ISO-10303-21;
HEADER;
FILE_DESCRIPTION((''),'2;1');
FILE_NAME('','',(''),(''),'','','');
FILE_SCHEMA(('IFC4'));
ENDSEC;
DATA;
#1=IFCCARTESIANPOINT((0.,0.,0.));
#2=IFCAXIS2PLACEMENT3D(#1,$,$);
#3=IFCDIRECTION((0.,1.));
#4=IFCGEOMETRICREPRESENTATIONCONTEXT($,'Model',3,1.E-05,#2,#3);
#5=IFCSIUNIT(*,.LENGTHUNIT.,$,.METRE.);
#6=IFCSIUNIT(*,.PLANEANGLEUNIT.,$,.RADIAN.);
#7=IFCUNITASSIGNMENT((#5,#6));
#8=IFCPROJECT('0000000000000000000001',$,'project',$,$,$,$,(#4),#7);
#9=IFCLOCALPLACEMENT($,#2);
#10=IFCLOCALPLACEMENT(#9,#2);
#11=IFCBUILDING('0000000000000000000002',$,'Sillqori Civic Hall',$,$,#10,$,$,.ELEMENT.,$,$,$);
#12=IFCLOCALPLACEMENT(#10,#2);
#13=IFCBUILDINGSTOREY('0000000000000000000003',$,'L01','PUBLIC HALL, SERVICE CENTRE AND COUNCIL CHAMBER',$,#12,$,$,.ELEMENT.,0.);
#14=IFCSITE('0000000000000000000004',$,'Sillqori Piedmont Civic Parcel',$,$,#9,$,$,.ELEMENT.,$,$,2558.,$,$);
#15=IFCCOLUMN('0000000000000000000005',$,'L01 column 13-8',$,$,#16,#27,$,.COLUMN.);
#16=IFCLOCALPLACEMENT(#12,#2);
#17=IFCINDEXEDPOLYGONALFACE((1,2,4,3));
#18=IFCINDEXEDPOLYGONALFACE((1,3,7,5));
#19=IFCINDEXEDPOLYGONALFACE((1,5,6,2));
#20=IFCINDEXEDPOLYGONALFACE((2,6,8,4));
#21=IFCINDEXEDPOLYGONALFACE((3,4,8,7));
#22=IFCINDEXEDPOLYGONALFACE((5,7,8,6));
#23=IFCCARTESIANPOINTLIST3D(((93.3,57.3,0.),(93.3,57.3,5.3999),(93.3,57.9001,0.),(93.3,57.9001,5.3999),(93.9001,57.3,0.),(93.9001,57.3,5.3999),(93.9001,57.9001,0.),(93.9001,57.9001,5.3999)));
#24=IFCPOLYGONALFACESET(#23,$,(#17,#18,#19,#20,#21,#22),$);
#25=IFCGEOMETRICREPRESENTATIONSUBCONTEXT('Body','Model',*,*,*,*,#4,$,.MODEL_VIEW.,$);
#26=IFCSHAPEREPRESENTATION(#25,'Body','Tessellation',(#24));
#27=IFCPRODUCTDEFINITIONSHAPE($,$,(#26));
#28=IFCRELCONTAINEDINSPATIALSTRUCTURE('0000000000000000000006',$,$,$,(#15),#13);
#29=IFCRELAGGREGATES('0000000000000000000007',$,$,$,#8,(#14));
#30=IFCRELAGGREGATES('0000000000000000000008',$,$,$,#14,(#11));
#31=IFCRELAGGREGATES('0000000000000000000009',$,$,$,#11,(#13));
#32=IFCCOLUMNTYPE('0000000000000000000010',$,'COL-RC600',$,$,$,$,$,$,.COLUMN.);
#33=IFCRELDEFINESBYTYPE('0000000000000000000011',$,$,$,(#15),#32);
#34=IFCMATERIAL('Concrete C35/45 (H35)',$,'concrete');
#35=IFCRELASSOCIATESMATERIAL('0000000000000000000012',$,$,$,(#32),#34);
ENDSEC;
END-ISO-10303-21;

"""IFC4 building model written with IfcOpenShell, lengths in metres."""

from ifc_helpers import new_model, si_unit, direction, frame, origin, origin_2d, place, context, subcontext, project, spatial, rectangle, extrude, material, material_profile, profile_set, type_object, element, save


model = new_model("IFC4")

# Units and contexts
model_context = context("Model", 3, precision=1e-05, world=origin(), true_north=direction((0.0, 1.0)))
body_context = subcontext(model_context, "Body", "Model", "MODEL_VIEW")
ifc_project = project(units=[si_unit("LENGTHUNIT", "METRE"), si_unit("PLANEANGLEUNIT", "RADIAN")], contexts=[model_context])

# Site, building, storey
site_placement = place(None, origin())
site = spatial("IfcSite", under=ifc_project, at=site_placement, Name="Sillqori Piedmont Civic Parcel", CompositionType="ELEMENT", RefElevation=2558.0)
building_placement = place(site_placement, origin())
building = spatial("IfcBuilding", under=site, at=building_placement, Name="Sillqori Civic Hall", CompositionType="ELEMENT")
storey_placement = place(building_placement, origin())
storey = spatial("IfcBuildingStorey", under=building, at=storey_placement, Name="L01", Description="PUBLIC HALL, SERVICE CENTRE AND COUNCIL CHAMBER", CompositionType="ELEMENT", Elevation=0.0)

# Column
ifc_material_1 = material(Name="Concrete C35/45 (H35)", Category="concrete")
ifc_material_profile_1 = material_profile(ifc_material_1, rectangle(XDim=0.6001, YDim=0.6001, at=origin_2d()), Name="RC 600x600")
ifc_profile_set_1 = profile_set([ifc_material_profile_1], Name="Concrete C35/45 (H35)")
column_type = type_object("IfcColumnType", Name="COL-RC600", PredefinedType="COLUMN", material=ifc_profile_set_1)
column_placement = place(storey_placement, frame((93.6001, 57.6001, 0.0), z_axis=(0.0, 0.0, 1.0), x_axis=(1.0, 0.0, 0.0)))
element("IfcColumn", 1, at=column_placement, inside=storey, type_object=column_type, Name="L01 column 13-8", PredefinedType="COLUMN", context=body_context, shape_type="SweptSolid", body=[
    extrude(rectangle(XDim=0.6001, YDim=0.6001, at=origin_2d()), origin(), (0.0, 0.0, 1.0), 5.3999),
])

save(model, "model.ifc")
